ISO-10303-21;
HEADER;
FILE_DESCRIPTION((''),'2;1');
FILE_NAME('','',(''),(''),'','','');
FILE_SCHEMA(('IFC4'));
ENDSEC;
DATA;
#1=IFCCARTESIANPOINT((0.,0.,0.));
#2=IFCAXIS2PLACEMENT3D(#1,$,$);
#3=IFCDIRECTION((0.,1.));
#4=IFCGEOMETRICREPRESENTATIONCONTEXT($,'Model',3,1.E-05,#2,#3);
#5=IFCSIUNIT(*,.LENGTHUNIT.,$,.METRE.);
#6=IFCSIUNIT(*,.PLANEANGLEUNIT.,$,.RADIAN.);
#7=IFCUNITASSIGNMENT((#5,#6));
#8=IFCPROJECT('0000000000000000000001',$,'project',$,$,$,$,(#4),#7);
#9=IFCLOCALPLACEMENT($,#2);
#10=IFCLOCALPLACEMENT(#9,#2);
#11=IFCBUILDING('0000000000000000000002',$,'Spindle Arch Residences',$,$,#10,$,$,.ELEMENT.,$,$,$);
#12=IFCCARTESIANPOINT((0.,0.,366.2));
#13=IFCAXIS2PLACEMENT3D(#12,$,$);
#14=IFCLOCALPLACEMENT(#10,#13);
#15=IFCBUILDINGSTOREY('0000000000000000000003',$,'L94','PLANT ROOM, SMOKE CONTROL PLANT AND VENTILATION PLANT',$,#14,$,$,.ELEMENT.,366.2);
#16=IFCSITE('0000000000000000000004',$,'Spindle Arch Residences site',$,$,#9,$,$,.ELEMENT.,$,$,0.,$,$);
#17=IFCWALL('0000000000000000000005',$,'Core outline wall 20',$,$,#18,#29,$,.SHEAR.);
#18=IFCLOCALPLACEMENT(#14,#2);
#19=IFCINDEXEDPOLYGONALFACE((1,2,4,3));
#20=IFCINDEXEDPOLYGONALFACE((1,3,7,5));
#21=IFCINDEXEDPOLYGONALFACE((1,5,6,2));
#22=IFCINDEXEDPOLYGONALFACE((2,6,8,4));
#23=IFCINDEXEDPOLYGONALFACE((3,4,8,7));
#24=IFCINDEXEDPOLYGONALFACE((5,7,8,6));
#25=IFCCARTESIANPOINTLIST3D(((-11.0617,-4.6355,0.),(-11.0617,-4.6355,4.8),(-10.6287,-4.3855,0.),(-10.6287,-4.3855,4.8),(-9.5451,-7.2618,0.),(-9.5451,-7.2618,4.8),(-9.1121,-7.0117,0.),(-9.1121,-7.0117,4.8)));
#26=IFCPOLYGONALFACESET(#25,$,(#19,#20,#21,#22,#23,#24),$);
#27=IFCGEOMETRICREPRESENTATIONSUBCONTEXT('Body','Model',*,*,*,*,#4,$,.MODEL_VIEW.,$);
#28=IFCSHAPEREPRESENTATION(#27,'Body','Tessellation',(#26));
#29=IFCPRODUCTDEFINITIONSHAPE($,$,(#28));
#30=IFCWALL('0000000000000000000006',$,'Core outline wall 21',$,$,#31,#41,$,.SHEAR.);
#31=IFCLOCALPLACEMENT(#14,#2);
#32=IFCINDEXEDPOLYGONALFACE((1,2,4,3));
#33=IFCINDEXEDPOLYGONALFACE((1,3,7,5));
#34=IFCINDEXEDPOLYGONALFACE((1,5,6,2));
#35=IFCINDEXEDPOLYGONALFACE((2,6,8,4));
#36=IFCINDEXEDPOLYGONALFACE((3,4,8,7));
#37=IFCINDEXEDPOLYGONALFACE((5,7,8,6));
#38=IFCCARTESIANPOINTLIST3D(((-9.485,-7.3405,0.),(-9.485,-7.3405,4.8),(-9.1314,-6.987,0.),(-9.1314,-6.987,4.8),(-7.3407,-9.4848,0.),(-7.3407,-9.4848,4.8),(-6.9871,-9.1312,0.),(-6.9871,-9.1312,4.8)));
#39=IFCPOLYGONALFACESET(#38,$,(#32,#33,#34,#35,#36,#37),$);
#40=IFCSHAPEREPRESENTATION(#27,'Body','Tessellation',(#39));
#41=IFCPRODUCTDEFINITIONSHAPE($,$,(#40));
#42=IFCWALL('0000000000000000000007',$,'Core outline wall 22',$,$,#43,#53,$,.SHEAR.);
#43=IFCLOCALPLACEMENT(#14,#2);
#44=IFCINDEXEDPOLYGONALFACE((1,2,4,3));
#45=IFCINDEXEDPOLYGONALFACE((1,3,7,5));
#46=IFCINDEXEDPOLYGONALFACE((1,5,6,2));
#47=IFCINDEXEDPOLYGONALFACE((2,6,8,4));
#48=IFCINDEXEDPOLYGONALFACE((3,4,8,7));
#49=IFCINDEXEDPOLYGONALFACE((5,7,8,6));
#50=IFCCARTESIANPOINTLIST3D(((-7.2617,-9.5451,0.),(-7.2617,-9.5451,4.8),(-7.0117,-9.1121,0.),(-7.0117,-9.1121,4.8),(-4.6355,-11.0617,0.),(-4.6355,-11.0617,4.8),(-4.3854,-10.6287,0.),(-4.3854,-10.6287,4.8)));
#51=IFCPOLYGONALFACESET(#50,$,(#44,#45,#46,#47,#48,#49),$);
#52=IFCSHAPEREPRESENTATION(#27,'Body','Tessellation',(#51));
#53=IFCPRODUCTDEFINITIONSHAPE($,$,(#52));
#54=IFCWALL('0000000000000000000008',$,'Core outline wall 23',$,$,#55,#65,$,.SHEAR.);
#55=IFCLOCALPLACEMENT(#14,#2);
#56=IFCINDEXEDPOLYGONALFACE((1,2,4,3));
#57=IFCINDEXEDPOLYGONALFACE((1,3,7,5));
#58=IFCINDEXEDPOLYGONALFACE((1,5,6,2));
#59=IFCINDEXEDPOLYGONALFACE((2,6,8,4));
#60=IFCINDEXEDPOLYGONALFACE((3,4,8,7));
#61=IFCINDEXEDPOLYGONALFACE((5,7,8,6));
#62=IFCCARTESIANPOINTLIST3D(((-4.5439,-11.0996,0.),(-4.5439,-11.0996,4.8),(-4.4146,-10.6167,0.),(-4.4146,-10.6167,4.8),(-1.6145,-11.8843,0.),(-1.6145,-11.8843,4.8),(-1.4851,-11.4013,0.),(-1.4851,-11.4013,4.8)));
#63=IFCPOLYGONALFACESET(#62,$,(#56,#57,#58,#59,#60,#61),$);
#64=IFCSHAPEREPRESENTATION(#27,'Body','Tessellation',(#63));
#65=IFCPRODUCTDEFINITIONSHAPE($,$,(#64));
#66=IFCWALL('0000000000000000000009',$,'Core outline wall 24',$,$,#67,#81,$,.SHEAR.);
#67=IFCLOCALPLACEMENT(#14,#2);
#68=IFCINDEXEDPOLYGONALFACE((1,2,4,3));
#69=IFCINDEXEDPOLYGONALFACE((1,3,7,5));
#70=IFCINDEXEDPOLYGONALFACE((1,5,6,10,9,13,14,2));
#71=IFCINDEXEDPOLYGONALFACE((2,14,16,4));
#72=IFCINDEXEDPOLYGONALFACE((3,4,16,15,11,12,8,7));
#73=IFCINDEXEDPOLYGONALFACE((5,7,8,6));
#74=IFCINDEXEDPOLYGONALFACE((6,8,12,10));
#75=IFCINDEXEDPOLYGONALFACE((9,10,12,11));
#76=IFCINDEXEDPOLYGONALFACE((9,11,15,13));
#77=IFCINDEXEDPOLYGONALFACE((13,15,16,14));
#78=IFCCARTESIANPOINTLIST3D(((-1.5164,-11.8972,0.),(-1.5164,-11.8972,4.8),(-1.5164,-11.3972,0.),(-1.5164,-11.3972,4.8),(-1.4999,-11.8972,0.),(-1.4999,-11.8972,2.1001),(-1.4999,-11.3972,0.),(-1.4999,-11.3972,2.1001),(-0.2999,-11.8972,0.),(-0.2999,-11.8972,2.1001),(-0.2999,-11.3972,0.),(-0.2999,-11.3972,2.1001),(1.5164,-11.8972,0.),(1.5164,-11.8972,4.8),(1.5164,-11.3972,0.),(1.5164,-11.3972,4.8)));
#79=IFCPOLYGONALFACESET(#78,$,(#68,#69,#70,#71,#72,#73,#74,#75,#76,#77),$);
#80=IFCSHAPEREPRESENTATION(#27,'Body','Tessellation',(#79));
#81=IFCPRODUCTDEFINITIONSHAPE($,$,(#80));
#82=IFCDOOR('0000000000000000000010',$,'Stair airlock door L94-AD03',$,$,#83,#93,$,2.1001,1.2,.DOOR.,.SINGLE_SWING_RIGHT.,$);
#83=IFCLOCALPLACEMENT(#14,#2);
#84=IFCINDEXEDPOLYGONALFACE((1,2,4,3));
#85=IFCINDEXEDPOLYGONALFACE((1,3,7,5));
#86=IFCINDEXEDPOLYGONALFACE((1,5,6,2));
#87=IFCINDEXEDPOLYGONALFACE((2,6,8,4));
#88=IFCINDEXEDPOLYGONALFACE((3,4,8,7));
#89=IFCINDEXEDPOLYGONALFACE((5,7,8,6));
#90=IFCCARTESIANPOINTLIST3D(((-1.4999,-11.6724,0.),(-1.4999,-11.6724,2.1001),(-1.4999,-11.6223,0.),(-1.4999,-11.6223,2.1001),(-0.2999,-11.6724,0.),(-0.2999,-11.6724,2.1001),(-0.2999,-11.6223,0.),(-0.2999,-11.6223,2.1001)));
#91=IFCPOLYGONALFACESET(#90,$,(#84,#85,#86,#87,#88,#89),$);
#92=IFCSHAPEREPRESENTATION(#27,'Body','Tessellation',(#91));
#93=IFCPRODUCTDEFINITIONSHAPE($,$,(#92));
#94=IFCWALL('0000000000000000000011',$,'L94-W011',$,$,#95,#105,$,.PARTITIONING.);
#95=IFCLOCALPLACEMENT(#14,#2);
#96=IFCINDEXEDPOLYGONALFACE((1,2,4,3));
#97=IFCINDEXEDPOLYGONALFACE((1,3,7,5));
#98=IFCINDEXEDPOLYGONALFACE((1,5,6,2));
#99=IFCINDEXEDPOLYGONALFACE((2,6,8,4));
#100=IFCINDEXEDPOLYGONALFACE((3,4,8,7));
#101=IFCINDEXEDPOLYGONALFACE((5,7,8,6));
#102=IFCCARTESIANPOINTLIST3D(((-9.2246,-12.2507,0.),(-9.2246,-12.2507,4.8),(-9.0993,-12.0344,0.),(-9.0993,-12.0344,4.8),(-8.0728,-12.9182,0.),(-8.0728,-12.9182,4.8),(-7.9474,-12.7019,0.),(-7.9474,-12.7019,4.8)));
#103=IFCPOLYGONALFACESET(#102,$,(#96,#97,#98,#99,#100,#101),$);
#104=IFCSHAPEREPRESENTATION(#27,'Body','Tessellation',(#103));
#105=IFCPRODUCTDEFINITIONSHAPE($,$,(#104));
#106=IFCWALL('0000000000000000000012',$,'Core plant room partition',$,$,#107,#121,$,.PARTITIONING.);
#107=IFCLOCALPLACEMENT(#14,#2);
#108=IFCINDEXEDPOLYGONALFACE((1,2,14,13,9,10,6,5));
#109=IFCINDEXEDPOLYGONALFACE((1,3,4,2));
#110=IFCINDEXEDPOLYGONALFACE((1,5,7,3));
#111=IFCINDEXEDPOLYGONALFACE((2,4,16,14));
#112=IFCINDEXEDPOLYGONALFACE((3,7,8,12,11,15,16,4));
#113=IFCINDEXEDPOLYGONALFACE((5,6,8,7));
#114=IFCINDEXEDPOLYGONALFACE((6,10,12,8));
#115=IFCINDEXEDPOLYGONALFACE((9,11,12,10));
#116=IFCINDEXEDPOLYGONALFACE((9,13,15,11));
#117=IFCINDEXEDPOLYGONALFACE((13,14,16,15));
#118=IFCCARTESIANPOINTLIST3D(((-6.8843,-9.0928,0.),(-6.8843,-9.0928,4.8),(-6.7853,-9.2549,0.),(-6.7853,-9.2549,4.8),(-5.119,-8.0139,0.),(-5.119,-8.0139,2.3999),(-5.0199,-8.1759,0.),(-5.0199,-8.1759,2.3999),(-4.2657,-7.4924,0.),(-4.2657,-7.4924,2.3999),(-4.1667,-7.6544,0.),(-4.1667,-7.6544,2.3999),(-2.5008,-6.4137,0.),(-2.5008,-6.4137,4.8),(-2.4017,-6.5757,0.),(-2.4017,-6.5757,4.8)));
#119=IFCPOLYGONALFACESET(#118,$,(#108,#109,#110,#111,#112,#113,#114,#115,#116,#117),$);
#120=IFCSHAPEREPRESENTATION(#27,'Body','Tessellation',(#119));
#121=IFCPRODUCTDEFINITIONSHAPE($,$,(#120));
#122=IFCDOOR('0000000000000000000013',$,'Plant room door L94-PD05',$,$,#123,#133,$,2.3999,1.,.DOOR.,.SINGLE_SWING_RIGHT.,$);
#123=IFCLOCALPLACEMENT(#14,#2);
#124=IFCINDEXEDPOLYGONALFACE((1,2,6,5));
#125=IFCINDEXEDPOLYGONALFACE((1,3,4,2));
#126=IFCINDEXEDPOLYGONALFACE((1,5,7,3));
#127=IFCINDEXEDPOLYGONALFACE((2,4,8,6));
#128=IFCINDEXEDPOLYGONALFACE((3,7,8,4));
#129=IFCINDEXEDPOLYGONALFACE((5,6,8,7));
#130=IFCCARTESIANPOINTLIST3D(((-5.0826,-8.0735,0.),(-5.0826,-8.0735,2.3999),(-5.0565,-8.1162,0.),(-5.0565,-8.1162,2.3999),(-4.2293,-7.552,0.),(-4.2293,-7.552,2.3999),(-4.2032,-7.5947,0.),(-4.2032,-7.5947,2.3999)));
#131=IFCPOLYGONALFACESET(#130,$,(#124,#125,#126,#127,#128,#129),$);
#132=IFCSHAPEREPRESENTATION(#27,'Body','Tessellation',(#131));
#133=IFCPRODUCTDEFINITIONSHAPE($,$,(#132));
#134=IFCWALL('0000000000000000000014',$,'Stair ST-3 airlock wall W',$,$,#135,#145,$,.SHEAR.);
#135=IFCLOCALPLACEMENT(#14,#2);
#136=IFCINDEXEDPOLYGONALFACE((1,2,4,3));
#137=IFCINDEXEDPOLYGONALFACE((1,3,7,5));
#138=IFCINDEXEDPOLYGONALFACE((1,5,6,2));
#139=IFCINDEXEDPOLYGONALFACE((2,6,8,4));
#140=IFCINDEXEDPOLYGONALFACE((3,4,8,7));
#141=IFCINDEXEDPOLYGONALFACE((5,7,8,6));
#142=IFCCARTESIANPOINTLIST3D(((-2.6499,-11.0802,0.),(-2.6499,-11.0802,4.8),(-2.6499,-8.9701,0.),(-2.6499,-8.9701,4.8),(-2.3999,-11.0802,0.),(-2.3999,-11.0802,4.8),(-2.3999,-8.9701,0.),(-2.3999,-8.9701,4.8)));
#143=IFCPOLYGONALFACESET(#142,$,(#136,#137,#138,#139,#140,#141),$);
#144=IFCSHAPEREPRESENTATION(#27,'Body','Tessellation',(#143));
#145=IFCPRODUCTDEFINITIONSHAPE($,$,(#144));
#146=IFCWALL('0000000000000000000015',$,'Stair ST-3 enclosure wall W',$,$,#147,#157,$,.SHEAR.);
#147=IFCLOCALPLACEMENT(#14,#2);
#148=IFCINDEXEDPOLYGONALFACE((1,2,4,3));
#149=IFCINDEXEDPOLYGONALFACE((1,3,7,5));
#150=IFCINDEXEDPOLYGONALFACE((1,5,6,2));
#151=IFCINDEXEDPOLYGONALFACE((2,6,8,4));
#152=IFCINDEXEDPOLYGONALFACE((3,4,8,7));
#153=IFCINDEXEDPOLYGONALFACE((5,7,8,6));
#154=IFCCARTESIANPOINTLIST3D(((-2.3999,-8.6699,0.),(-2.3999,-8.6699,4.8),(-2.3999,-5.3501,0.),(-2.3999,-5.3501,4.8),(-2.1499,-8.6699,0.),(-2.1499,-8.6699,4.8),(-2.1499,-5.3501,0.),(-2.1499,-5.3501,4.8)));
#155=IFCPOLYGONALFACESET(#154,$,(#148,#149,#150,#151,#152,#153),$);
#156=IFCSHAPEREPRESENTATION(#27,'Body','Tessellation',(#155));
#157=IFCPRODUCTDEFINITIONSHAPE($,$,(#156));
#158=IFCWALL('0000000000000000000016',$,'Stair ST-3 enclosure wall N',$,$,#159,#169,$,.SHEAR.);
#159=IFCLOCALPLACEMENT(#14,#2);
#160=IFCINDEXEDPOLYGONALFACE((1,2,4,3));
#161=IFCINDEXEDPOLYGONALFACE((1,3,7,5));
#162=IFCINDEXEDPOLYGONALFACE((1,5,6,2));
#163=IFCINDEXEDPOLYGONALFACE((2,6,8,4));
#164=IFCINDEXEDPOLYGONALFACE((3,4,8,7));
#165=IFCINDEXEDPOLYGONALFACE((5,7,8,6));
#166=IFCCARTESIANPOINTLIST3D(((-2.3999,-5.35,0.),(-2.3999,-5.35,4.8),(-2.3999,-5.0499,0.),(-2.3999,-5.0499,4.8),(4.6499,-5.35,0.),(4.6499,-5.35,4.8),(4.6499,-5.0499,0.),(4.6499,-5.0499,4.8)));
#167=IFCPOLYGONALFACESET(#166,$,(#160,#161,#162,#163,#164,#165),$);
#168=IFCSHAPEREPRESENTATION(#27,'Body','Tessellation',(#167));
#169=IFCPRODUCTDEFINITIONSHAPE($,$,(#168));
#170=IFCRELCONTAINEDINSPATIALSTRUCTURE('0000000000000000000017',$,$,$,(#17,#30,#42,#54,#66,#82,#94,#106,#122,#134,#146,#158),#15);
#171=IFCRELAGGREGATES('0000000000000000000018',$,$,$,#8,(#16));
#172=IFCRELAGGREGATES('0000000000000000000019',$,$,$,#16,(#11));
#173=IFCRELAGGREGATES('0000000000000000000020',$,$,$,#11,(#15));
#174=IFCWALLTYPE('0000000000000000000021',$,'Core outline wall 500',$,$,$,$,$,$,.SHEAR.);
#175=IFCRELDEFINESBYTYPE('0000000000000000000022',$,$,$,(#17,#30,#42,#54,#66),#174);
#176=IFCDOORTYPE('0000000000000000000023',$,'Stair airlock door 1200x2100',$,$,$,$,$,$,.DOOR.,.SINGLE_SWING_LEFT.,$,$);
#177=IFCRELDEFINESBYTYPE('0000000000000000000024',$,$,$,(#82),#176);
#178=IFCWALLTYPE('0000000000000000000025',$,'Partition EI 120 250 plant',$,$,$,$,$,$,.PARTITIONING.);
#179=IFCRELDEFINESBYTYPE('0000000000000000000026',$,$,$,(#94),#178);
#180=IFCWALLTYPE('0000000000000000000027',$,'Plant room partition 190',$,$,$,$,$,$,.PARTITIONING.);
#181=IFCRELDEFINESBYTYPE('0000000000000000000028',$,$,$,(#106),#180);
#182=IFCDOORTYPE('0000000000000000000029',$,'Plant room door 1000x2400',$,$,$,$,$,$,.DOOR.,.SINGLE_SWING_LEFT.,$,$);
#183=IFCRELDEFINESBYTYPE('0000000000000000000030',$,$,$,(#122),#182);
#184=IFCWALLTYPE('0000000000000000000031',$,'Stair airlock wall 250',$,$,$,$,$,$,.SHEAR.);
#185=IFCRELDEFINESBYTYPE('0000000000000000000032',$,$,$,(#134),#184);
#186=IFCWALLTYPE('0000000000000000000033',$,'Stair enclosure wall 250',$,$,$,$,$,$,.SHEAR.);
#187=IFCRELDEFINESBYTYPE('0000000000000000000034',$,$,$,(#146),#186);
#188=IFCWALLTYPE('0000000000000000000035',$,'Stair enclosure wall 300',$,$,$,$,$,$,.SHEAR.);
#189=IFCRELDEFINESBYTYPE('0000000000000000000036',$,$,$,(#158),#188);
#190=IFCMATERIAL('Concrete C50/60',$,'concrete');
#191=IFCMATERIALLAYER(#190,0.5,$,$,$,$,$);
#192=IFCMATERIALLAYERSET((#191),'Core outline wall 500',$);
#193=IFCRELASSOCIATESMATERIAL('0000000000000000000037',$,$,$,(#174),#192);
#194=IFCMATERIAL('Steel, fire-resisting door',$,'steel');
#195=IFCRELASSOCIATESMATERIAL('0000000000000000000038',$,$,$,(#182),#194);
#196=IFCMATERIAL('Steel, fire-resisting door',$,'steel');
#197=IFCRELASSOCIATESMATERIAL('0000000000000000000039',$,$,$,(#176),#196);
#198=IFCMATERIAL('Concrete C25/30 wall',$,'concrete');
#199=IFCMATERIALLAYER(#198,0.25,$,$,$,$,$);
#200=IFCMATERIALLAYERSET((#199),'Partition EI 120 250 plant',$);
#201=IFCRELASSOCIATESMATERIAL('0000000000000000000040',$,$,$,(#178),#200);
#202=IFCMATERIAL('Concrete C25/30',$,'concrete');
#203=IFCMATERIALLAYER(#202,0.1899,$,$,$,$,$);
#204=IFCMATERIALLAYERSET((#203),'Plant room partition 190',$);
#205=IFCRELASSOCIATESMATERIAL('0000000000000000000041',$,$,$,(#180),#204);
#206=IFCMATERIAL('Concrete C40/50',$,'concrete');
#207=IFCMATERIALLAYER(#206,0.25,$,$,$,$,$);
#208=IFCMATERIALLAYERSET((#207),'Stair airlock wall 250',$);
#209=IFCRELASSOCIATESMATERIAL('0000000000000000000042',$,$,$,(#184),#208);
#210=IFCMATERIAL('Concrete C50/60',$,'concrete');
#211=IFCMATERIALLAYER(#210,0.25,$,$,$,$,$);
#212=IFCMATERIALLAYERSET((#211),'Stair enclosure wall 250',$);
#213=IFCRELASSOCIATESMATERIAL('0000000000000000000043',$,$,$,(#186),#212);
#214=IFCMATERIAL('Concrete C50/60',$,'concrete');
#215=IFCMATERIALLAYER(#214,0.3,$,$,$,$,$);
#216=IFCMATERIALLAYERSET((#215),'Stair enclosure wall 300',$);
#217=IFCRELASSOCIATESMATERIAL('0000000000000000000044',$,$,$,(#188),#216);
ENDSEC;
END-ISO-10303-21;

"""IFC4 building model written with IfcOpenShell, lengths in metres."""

from ifc_helpers import new_model, si_unit, direction, frame, frame_2d, origin, place, context, subcontext, project, spatial, rectangle, extrude, material, layer, layer_set, type_object, element, fill, save


model = new_model("IFC4")

# Units and contexts
model_context = context("Model", 3, precision=1e-05, world=origin(), true_north=direction((0.0, 1.0)))
body_context = subcontext(model_context, "Body", "Model", "MODEL_VIEW")
ifc_project = project(units=[si_unit("LENGTHUNIT", "METRE"), si_unit("PLANEANGLEUNIT", "RADIAN")], contexts=[model_context])

# Site, building, storey
site_placement = place(None, origin())
site = spatial("IfcSite", under=ifc_project, at=site_placement, Name="Spindle Arch Residences site", CompositionType="ELEMENT", RefElevation=0.0)
building_placement = place(site_placement, origin())
building = spatial("IfcBuilding", under=site, at=building_placement, Name="Spindle Arch Residences", CompositionType="ELEMENT")
storey_placement = place(building_placement, frame((0.0, 0.0, 366.2)))
storey = spatial("IfcBuildingStorey", under=building, at=storey_placement, Name="L94", Description="PLANT ROOM, SMOKE CONTROL PLANT AND VENTILATION PLANT", CompositionType="ELEMENT", Elevation=366.2)

# Shared definitions
ifc_material_1 = material(Name="Concrete C50/60", Category="concrete")
ifc_layer_1 = layer(ifc_material_1, 0.5)
ifc_layer_set_1 = layer_set([ifc_layer_1], Name="Core outline wall 500")
wall_type_1 = type_object("IfcWallType", Name="Core outline wall 500", PredefinedType="SHEAR", material=ifc_layer_set_1)
ifc_material_2 = material(Name="Steel, fire-resisting door", Category="steel")
door_type_1 = type_object("IfcDoorType", Name="Plant room door 1000x2400", OperationType="SINGLE_SWING_LEFT", PredefinedType="DOOR", material=ifc_material_2)

# Walls
wall_1_placement = place(storey_placement, frame((-10.8452, -4.5105, 0.0), z_axis=(0.0, 0.0, 1.0), x_axis=(0.500087, -0.865975, 0.0)))
element("IfcWall", 1, at=wall_1_placement, inside=storey, type_object=wall_type_1, Name="Core outline wall 20", PredefinedType="SHEAR", context=body_context, shape_type="SweptSolid", body=[
    extrude(rectangle(XDim=3.0327, YDim=0.5, at=frame_2d((1.5164, 0.0))), origin(), (0.0, 0.0, 1.0), 4.8),
])
wall_2_placement = place(storey_placement, frame((-9.3081, -7.1638, 0.0), z_axis=(0.0, 0.0, 1.0), x_axis=(0.707107, -0.707107, 0.0)))
element("IfcWall", 2, at=wall_2_placement, inside=storey, type_object=wall_type_1, Name="Core outline wall 21", PredefinedType="SHEAR", context=body_context, shape_type="SweptSolid", body=[
    extrude(rectangle(XDim=3.0325, YDim=0.5, at=frame_2d((1.5161, 0.0))), origin(), (0.0, 0.0, 1.0), 4.8),
])
for number, where, z_axis, x_axis, name in (
    (3, (-7.1367, -9.3286, 0.0), (0.0, 0.0, 1.0), (0.865975, -0.500087, 0.0), "Core outline wall 22"),
    (4, (-4.4792, -10.8582, 0.0), (0.0, 0.0, 1.0), (0.965948, -0.258735, 0.0), "Core outline wall 23"),
):
    element("IfcWall", number, at=place(storey_placement, frame(where, z_axis=z_axis, x_axis=x_axis)), inside=storey, type_object=wall_type_1, Name=name, PredefinedType="SHEAR", context=body_context, shape_type="SweptSolid", body=[
        extrude(rectangle(XDim=3.0327, YDim=0.5, at=frame_2d((1.5164, 0.0))), origin(), (0.0, 0.0, 1.0), 4.8),
    ])

# Wall, opening, door
wall_3_placement = place(storey_placement, frame((-1.5164, -11.6472, 0.0), z_axis=(0.0, 0.0, 1.0), x_axis=(1.0, 0.0, 0.0)))
wall_3 = element("IfcWall", 5, at=wall_3_placement, inside=storey, type_object=wall_type_1, Name="Core outline wall 24", PredefinedType="SHEAR", context=body_context, shape_type="SweptSolid", body=[
    extrude(rectangle(XDim=3.0327, YDim=0.5, at=frame_2d((1.5164, 0.0))), origin(), (0.0, 0.0, 1.0), 4.8),
])
opening_1_placement = place(wall_3_placement, frame((0.0164, 0.0, 0.0)))
opening_1 = element("IfcOpeningElement", 6, at=opening_1_placement, cuts=wall_3, PredefinedType="OPENING", context=body_context, shape_type="SweptSolid", body=[
    extrude(rectangle(XDim=1.2, YDim=2.1001, at=frame_2d((0.6001, 1.05))), frame((0.0, 0.26, 0.0), z_axis=(0.0, -1.0, 0.0), x_axis=(1.0, 0.0, 0.0)), (0.0, 0.0, 1.0), 0.52),
])
ifc_material_3 = material(Name="Steel, fire-resisting door", Category="steel")
door_type_2 = type_object("IfcDoorType", Name="Stair airlock door 1200x2100", OperationType="SINGLE_SWING_LEFT", PredefinedType="DOOR", material=ifc_material_3)
door_1_placement = place(opening_1_placement, origin())
door_1 = element("IfcDoor", 7, at=door_1_placement, inside=storey, type_object=door_type_2, Name="Stair airlock door L94-AD03", OperationType="SINGLE_SWING_RIGHT", OverallHeight=2.1001, OverallWidth=1.2, PredefinedType="DOOR", context=body_context, shape_type="SweptSolid", body=[
    extrude(rectangle(XDim=1.2, YDim=2.1001, at=frame_2d((0.6001, 1.05))), frame((0.0, 0.0249, 0.0), z_axis=(0.0, -1.0, 0.0), x_axis=(1.0, 0.0, 0.0)), (0.0, 0.0, 1.0), 0.05),
])
fill(opening_1, door_1)

# Wall
ifc_material_4 = material(Name="Concrete C25/30 wall", Category="concrete")
ifc_layer_2 = layer(ifc_material_4, 0.25)
ifc_layer_set_2 = layer_set([ifc_layer_2], Name="Partition EI 120 250 plant")
wall_type_2 = type_object("IfcWallType", Name="Partition EI 120 250 plant", PredefinedType="PARTITIONING", material=ifc_layer_set_2)
wall_4_placement = place(storey_placement, frame((-9.1619, -12.1426, 0.0), z_axis=(0.0, 0.0, 1.0), x_axis=(0.865225, -0.501383, 0.0)))
element("IfcWall", 8, at=wall_4_placement, inside=storey, type_object=wall_type_2, Name="L94-W011", PredefinedType="PARTITIONING", context=body_context, shape_type="SweptSolid", body=[
    extrude(rectangle(XDim=1.3313, YDim=0.25, at=frame_2d((0.6655, 0.0))), origin(), (0.0, 0.0, 1.0), 4.8),
])

# Wall, opening, door
ifc_material_5 = material(Name="Concrete C25/30", Category="concrete")
ifc_layer_3 = layer(ifc_material_5, 0.1899)
ifc_layer_set_3 = layer_set([ifc_layer_3], Name="Plant room partition 190")
wall_type_3 = type_object("IfcWallType", Name="Plant room partition 190", PredefinedType="PARTITIONING", material=ifc_layer_set_3)
wall_5_placement = place(storey_placement, frame((-2.4512, -6.4946, 0.0), z_axis=(0.0, 0.0, 1.0), x_axis=(-0.85325, -0.521502, 0.0)))
wall_5 = element("IfcWall", 9, at=wall_5_placement, inside=storey, type_object=wall_type_3, Name="Core plant room partition", PredefinedType="PARTITIONING", context=body_context, shape_type="SweptSolid", body=[
    extrude(rectangle(XDim=5.1375, YDim=0.1899, at=frame_2d((2.5688, 0.0))), origin(), (0.0, 0.0, 1.0), 4.8),
])
opening_2_placement = place(wall_5_placement, frame((2.0686, 0.0, 0.0)))
opening_2 = element("IfcOpeningElement", 10, at=opening_2_placement, cuts=wall_5, PredefinedType="OPENING", context=body_context, shape_type="SweptSolid", body=[
    extrude(rectangle(XDim=1.0, YDim=2.3999, at=frame_2d((0.5, 1.2))), frame((0.0, 0.105, 0.0), z_axis=(0.0, -1.0, 0.0), x_axis=(1.0, 0.0, 0.0)), (0.0, 0.0, 1.0), 0.21),
])
door_2_placement = place(opening_2_placement, origin())
door_2 = element("IfcDoor", 11, at=door_2_placement, inside=storey, type_object=door_type_1, Name="Plant room door L94-PD05", OperationType="SINGLE_SWING_RIGHT", OverallHeight=2.3999, OverallWidth=1.0, PredefinedType="DOOR", context=body_context, shape_type="SweptSolid", body=[
    extrude(rectangle(XDim=1.0, YDim=2.3999, at=frame_2d((0.5, 1.2))), frame((0.0, 0.0249, 0.0), z_axis=(0.0, -1.0, 0.0), x_axis=(1.0, 0.0, 0.0)), (0.0, 0.0, 1.0), 0.05),
])
fill(opening_2, door_2)

# Walls
ifc_material_6 = material(Name="Concrete C40/50", Category="concrete")
ifc_layer_4 = layer(ifc_material_6, 0.25)
ifc_layer_set_4 = layer_set([ifc_layer_4], Name="Stair airlock wall 250")
wall_type_4 = type_object("IfcWallType", Name="Stair airlock wall 250", PredefinedType="SHEAR", material=ifc_layer_set_4)
wall_6_placement = place(storey_placement, frame((-2.5249, -8.97, 0.0), z_axis=(0.0, 0.0, 1.0), x_axis=(0.0, -1.0, 0.0)))
element("IfcWall", 12, at=wall_6_placement, inside=storey, type_object=wall_type_4, Name="Stair ST-3 airlock wall W", PredefinedType="SHEAR", context=body_context, shape_type="SweptSolid", body=[
    extrude(rectangle(XDim=2.1101, YDim=0.25, at=frame_2d((1.0552, 0.0))), origin(), (0.0, 0.0, 1.0), 4.8),
])
ifc_material_7 = material(Name="Concrete C50/60", Category="concrete")
ifc_layer_5 = layer(ifc_material_7, 0.25)
ifc_layer_set_5 = layer_set([ifc_layer_5], Name="Stair enclosure wall 250")
wall_type_5 = type_object("IfcWallType", Name="Stair enclosure wall 250", PredefinedType="SHEAR", material=ifc_layer_set_5)
wall_7_placement = place(storey_placement, frame((-2.2749, -8.6699, 0.0), z_axis=(0.0, 0.0, 1.0), x_axis=(0.0, 1.0, 0.0)))
element("IfcWall", 13, at=wall_7_placement, inside=storey, type_object=wall_type_5, Name="Stair ST-3 enclosure wall W", PredefinedType="SHEAR", context=body_context, shape_type="SweptSolid", body=[
    extrude(rectangle(XDim=3.3198, YDim=0.25, at=frame_2d((1.6599, 0.0))), origin(), (0.0, 0.0, 1.0), 4.8),
])
ifc_material_8 = material(Name="Concrete C50/60", Category="concrete")
ifc_layer_6 = layer(ifc_material_8, 0.3)
ifc_layer_set_6 = layer_set([ifc_layer_6], Name="Stair enclosure wall 300")
wall_type_6 = type_object("IfcWallType", Name="Stair enclosure wall 300", PredefinedType="SHEAR", material=ifc_layer_set_6)
wall_8_placement = place(storey_placement, frame((-2.3999, -5.2, 0.0), z_axis=(0.0, 0.0, 1.0), x_axis=(1.0, 0.0, 0.0)))
element("IfcWall", 14, at=wall_8_placement, inside=storey, type_object=wall_type_6, Name="Stair ST-3 enclosure wall N", PredefinedType="SHEAR", context=body_context, shape_type="SweptSolid", body=[
    extrude(rectangle(XDim=7.0498, YDim=0.3, at=frame_2d((3.5249, 0.0))), origin(), (0.0, 0.0, 1.0), 4.8),
])

save(model, "model.ifc")
